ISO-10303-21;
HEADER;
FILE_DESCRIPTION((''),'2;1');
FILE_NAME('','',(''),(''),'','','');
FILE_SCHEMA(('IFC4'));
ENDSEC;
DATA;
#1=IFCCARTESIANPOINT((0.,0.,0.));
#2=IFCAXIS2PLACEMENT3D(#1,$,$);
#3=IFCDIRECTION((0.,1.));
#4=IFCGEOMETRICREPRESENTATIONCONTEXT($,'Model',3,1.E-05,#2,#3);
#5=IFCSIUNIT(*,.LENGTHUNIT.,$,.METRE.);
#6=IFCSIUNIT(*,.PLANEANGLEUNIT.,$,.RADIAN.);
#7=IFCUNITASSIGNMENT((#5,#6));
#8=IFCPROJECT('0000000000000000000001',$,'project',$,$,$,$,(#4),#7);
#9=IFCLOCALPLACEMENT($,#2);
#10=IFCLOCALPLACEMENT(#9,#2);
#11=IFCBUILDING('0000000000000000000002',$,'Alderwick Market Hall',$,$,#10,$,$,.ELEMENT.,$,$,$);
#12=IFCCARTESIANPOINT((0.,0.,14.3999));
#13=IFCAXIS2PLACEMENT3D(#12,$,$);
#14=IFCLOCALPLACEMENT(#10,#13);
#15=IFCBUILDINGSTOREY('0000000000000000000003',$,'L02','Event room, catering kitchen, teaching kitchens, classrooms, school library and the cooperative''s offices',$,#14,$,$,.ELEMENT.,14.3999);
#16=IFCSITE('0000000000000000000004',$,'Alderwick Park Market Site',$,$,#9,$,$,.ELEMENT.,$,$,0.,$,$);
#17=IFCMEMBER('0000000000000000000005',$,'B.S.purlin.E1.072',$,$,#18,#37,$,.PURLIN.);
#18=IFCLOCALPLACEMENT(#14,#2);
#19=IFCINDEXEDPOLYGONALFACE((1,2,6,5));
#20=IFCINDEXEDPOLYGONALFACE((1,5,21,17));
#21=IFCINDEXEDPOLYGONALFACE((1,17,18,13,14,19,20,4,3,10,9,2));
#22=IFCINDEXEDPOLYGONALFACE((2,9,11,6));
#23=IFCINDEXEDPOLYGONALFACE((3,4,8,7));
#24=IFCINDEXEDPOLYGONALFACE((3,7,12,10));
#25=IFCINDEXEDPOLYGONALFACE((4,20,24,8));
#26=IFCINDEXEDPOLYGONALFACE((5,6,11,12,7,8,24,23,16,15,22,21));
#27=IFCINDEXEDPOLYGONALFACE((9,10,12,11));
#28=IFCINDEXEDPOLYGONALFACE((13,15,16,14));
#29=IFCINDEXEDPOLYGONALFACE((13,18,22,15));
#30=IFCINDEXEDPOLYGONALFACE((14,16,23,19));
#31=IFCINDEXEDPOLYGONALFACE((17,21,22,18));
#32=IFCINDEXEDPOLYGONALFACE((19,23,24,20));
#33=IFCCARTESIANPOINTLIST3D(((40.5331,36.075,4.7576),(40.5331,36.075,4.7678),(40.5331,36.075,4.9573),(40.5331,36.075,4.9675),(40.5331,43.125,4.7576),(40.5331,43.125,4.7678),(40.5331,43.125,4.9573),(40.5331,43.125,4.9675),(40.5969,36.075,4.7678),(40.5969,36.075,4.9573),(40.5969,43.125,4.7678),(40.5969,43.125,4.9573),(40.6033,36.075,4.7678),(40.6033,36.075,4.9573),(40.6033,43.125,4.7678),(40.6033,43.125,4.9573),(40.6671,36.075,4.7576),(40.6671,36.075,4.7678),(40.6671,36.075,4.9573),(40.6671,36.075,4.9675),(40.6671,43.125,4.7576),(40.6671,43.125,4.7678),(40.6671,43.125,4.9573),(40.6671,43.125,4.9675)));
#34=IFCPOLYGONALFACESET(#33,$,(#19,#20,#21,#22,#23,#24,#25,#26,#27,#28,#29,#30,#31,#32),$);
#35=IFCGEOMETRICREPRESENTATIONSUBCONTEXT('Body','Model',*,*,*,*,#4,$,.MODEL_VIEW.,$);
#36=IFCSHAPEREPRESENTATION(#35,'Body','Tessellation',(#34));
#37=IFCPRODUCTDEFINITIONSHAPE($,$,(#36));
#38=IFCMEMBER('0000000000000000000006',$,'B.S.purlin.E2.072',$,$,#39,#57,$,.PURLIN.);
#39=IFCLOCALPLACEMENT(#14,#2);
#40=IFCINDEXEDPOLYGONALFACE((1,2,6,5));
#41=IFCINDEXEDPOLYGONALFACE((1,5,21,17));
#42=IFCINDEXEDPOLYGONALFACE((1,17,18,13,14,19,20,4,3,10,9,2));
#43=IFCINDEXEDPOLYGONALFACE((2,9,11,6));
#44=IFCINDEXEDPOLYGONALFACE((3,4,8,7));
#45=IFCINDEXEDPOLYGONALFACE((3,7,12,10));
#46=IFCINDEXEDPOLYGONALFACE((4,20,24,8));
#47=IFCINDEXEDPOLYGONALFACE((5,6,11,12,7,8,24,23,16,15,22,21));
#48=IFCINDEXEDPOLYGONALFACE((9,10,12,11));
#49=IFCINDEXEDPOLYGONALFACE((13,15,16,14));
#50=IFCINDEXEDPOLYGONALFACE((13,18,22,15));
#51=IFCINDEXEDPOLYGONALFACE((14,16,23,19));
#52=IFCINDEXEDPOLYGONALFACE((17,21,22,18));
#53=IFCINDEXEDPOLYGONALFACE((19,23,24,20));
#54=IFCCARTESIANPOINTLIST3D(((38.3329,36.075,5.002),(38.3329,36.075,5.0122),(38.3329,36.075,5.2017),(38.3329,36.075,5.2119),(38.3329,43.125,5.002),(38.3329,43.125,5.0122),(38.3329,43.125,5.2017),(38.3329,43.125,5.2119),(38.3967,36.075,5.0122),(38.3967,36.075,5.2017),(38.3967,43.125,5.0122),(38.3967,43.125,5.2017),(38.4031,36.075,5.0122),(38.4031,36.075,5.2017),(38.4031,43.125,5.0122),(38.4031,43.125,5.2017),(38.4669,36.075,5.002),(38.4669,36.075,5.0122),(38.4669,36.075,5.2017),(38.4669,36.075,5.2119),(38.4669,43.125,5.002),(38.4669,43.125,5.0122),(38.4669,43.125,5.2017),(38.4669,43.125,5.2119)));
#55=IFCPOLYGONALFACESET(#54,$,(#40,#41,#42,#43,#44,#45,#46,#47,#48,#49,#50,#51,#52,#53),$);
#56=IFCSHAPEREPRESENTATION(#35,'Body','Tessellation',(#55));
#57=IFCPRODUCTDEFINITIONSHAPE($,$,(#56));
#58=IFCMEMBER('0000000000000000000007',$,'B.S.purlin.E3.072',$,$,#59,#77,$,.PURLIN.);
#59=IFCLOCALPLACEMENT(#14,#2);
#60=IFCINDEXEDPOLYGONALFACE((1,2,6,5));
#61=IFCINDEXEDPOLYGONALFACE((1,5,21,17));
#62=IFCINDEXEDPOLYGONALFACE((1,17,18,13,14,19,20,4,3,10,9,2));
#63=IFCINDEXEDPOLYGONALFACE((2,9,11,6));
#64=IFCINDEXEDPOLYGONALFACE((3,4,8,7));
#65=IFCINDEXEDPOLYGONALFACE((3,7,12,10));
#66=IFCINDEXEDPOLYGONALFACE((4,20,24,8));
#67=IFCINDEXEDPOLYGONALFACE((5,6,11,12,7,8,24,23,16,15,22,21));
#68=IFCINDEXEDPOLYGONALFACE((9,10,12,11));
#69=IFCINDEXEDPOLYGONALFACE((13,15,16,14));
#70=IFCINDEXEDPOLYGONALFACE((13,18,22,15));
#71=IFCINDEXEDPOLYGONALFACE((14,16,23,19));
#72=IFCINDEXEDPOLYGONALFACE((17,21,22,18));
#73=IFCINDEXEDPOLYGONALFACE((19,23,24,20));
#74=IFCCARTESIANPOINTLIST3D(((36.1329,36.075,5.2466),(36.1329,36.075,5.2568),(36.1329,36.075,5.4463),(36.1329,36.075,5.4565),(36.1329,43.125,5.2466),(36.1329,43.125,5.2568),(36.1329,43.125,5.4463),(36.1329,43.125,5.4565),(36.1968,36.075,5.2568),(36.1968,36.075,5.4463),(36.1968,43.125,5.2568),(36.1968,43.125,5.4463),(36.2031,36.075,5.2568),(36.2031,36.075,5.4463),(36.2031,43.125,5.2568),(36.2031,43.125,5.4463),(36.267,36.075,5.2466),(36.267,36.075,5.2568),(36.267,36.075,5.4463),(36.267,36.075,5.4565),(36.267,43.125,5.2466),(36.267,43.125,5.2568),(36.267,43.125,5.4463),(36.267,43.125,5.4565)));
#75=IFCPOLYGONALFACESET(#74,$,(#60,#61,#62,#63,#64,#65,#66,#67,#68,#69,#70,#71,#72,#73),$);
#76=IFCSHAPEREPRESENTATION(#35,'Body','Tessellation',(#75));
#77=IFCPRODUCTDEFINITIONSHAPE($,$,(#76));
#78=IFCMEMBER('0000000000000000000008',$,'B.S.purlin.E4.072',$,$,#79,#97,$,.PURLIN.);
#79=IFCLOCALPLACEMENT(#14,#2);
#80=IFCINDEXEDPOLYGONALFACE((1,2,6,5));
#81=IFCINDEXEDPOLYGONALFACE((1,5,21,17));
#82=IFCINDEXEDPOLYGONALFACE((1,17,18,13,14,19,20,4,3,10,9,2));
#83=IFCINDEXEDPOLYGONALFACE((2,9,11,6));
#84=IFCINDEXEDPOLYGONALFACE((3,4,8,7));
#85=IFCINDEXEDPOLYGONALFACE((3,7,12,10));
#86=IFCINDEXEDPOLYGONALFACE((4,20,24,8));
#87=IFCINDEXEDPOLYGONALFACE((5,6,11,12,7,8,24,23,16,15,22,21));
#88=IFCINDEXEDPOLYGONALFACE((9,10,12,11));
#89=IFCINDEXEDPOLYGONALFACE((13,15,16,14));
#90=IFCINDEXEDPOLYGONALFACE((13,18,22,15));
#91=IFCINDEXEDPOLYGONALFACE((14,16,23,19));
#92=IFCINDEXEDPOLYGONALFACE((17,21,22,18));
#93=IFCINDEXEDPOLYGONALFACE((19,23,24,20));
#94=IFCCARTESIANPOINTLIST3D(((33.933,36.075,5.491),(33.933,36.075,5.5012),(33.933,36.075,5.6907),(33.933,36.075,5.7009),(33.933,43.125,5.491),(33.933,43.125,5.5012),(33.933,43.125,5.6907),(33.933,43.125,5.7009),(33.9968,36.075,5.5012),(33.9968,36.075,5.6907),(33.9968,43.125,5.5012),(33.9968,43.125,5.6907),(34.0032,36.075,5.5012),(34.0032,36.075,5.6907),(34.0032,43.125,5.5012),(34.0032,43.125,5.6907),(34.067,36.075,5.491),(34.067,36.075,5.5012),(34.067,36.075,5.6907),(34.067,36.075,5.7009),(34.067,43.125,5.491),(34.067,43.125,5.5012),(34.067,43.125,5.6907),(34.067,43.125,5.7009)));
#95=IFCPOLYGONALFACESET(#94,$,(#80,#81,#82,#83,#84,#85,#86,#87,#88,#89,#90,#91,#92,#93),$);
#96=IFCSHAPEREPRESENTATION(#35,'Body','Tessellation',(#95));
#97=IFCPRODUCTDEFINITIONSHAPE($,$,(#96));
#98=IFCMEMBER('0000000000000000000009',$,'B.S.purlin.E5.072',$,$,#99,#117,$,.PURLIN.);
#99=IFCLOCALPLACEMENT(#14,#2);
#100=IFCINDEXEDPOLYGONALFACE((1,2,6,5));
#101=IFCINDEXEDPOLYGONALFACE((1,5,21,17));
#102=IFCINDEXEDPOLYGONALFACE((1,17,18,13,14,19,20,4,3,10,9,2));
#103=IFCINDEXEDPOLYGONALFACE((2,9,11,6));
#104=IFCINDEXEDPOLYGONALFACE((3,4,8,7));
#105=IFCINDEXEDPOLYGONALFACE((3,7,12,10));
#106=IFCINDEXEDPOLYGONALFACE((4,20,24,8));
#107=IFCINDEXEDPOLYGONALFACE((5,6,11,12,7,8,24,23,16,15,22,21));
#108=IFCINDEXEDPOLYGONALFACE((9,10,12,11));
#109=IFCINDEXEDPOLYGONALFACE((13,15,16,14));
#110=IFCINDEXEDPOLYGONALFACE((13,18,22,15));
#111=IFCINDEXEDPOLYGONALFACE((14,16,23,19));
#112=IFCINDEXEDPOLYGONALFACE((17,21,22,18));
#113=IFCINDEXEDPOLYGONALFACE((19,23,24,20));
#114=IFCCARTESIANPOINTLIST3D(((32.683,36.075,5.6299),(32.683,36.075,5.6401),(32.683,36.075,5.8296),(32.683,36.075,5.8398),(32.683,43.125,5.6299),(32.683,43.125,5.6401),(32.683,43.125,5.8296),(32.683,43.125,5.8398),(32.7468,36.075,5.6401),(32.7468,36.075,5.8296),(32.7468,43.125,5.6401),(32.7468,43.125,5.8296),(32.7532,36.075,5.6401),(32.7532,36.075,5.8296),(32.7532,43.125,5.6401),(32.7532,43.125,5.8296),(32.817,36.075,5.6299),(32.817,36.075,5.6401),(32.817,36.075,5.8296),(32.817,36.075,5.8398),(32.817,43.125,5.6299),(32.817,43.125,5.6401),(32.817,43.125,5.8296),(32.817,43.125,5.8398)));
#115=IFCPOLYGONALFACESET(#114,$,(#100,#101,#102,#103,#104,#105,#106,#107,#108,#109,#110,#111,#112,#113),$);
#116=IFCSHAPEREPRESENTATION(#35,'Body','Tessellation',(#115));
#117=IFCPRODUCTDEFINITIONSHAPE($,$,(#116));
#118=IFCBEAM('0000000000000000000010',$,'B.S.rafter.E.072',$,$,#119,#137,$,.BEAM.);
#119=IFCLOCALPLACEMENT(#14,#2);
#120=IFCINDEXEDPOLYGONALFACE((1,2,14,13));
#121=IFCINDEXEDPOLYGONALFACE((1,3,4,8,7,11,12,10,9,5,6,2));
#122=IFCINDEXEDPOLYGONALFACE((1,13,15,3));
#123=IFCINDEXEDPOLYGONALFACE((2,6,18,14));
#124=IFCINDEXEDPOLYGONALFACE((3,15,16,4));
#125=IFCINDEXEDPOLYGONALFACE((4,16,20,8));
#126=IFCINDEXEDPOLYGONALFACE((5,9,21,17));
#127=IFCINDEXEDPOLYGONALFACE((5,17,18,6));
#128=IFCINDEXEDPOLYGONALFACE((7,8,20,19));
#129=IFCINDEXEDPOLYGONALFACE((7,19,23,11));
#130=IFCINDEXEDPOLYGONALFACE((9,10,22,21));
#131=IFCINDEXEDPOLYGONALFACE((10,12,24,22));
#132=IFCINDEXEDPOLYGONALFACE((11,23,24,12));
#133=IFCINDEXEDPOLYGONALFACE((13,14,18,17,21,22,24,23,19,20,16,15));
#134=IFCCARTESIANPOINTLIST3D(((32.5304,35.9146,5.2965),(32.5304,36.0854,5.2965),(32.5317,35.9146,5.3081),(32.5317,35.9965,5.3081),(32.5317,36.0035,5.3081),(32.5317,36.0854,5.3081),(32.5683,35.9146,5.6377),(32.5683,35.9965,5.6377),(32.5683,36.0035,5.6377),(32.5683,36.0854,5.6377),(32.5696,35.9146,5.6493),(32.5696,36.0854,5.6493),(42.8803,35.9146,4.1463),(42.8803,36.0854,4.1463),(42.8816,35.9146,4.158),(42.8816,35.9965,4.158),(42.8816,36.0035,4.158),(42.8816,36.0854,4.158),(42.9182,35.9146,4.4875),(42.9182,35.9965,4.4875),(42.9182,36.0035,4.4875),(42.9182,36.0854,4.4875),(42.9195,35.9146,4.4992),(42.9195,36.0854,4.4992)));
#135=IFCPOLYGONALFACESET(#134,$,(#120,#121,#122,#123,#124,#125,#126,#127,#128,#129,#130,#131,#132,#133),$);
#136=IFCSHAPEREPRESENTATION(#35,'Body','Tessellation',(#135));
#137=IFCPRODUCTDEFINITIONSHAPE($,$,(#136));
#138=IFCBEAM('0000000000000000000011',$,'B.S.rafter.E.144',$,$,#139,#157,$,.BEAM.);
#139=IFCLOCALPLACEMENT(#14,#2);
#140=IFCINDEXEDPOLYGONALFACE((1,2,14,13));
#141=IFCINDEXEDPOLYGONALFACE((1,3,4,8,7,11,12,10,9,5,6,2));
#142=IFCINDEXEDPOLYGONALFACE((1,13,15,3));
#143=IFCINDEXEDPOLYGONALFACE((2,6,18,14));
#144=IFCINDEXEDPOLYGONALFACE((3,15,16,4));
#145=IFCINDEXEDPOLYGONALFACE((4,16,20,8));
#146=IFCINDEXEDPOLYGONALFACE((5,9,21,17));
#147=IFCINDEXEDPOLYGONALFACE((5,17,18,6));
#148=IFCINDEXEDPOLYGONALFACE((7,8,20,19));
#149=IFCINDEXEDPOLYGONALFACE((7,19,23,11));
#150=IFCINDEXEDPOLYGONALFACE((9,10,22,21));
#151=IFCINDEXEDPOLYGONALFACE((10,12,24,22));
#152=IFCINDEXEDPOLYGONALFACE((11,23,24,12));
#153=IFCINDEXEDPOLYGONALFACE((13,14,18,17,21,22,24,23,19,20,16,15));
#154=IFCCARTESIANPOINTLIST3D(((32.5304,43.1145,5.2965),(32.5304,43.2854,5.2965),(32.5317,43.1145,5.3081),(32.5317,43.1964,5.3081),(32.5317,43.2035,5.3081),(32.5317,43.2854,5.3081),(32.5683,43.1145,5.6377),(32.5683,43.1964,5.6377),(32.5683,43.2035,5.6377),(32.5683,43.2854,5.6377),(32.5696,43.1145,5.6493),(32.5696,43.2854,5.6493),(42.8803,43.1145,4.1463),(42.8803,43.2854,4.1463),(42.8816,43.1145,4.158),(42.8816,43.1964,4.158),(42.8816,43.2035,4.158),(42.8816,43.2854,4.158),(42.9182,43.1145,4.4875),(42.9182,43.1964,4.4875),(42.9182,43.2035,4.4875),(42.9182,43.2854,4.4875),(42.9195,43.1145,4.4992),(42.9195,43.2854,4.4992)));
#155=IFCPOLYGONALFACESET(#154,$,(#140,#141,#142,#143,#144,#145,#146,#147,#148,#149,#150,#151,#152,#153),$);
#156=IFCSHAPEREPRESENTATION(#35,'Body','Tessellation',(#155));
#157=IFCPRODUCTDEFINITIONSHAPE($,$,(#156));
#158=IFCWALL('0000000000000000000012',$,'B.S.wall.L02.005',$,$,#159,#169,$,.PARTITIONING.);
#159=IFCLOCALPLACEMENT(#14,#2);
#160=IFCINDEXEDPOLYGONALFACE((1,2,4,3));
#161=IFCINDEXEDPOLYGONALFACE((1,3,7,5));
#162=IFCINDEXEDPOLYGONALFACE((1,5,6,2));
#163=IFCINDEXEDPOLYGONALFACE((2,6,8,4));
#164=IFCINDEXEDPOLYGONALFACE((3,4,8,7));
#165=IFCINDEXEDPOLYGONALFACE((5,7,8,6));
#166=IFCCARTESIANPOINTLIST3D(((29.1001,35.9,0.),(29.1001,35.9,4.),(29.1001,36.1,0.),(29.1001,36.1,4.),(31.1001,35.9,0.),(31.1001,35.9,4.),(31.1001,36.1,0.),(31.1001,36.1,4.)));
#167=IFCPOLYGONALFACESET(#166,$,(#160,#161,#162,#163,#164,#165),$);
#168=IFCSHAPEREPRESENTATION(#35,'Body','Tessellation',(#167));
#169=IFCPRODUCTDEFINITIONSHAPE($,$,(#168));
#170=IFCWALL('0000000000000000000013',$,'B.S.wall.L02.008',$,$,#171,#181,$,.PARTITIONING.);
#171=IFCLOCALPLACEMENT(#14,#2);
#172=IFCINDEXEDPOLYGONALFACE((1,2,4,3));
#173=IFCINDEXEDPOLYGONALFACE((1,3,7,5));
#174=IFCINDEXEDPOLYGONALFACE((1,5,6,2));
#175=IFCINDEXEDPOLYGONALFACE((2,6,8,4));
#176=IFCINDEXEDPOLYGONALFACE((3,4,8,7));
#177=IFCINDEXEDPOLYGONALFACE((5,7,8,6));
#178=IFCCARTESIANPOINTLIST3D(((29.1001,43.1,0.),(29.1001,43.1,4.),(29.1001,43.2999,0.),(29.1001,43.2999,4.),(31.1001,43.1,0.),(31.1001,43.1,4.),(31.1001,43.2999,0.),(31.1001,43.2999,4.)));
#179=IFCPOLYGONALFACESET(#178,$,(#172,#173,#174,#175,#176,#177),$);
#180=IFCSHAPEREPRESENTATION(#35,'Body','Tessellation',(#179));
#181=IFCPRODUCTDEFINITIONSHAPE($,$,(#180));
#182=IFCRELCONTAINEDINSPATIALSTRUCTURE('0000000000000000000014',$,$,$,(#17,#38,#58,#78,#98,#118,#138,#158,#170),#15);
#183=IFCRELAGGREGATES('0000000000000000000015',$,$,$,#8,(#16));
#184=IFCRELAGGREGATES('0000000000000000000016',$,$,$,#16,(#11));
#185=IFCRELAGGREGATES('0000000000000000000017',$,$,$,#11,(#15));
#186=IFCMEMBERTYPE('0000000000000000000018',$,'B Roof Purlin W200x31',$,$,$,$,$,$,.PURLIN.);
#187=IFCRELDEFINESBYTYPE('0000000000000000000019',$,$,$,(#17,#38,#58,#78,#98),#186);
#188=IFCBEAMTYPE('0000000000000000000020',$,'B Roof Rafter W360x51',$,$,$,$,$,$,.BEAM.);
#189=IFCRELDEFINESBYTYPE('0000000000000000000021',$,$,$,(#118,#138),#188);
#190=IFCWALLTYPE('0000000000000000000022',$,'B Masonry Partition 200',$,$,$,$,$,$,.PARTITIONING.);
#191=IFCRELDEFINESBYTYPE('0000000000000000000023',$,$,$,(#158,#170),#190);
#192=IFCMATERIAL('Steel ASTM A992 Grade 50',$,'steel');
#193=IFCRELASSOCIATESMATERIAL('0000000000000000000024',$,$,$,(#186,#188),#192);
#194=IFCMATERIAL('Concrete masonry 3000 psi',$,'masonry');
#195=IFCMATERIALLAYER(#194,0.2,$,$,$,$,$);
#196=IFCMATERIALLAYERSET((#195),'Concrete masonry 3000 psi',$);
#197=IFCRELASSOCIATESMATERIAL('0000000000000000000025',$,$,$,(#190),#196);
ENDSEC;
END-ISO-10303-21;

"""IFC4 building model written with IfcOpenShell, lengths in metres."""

from ifc_helpers import new_model, si_unit, direction, frame, frame_2d, origin, origin_2d, place, context, subcontext, project, spatial, rectangle, i_section, extrude, material, layer, layer_set, material_profile, profile_set, type_object, element, save


model = new_model("IFC4")

# Units and contexts
model_context = context("Model", 3, precision=1e-05, world=origin(), true_north=direction((0.0, 1.0)))
body_context = subcontext(model_context, "Body", "Model", "MODEL_VIEW")
ifc_project = project(units=[si_unit("LENGTHUNIT", "METRE"), si_unit("PLANEANGLEUNIT", "RADIAN")], contexts=[model_context])

# Site, building, storey
site_placement = place(None, origin())
site = spatial("IfcSite", under=ifc_project, at=site_placement, Name="Alderwick Park Market Site", CompositionType="ELEMENT", RefElevation=0.0)
building_placement = place(site_placement, origin())
building = spatial("IfcBuilding", under=site, at=building_placement, Name="Alderwick Market Hall", CompositionType="ELEMENT")
storey_placement = place(building_placement, frame((0.0, 0.0, 14.3999)))
storey = spatial("IfcBuildingStorey", under=building, at=storey_placement, Name="L02", Description="Event room, catering kitchen, teaching kitchens, classrooms, school library and the cooperative's offices", CompositionType="ELEMENT", Elevation=14.3999)

# Members
ifc_material_1 = material(Name="Steel ASTM A992 Grade 50", Category="steel")
ifc_material_profile_1 = material_profile(ifc_material_1, i_section(OverallWidth=0.134, OverallDepth=0.21, WebThickness=0.0063, FlangeThickness=0.0103, at=origin_2d()), Name="W200x31")
ifc_profile_set_1 = profile_set([ifc_material_profile_1], Name="Steel ASTM A992 Grade 50")
member_type = type_object("IfcMemberType", Name="B Roof Purlin W200x31", PredefinedType="PURLIN", material=ifc_profile_set_1)
for number, where, z_axis, x_axis, name in (
    (1, (40.6001, 36.075, 4.8625), (0.0, 1.0, 0.0), (-1.0, 0.0, 0.0), "B.S.purlin.E1.072"),
    (2, (38.3999, 36.075, 5.1069), (0.0, 1.0, 0.0), (-1.0, 0.0, 0.0), "B.S.purlin.E2.072"),
    (3, (36.2, 36.075, 5.3516), (0.0, 1.0, 0.0), (-1.0, 0.0, 0.0), "B.S.purlin.E3.072"),
    (4, (34.0, 36.075, 5.5959), (0.0, 1.0, 0.0), (-1.0, 0.0, 0.0), "B.S.purlin.E4.072"),
    (5, (32.75, 36.075, 5.7349), (0.0, 1.0, 0.0), (-1.0, 0.0, 0.0), "B.S.purlin.E5.072"),
):
    element("IfcMember", number, at=place(storey_placement, frame(where, z_axis=z_axis, x_axis=x_axis)), inside=storey, type_object=member_type, Name=name, PredefinedType="PURLIN", context=body_context, shape_type="SweptSolid", body=[
        extrude(i_section(OverallWidth=0.134, OverallDepth=0.21, WebThickness=0.0063, FlangeThickness=0.0103, at=origin_2d()), origin(), (0.0, 0.0, 1.0), 7.05),
    ])

# Beams
ifc_material_profile_2 = material_profile(ifc_material_1, i_section(OverallWidth=0.1709, OverallDepth=0.355, WebThickness=0.0071, FlangeThickness=0.0117, at=origin_2d()), Name="W360x51")
ifc_profile_set_2 = profile_set([ifc_material_profile_2], Name="Steel ASTM A992 Grade 50")
beam_type_1 = type_object("IfcBeamType", Name="B Roof Rafter W360x51", PredefinedType="BEAM", material=ifc_profile_set_2)
for number, where, z_axis, x_axis, name in (
    (6, (42.8999, 36.0, 4.3228), (-0.993882, 0.0, 0.110447), (0.0, -1.0, 0.0), "B.S.rafter.E.072"),
    (7, (42.8999, 43.2, 4.3228), (-0.993882, 0.0, 0.110447), (0.0, -1.0, 0.0), "B.S.rafter.E.144"),
):
    element("IfcBeam", number, at=place(storey_placement, frame(where, z_axis=z_axis, x_axis=x_axis)), inside=storey, type_object=beam_type_1, Name=name, PredefinedType="BEAM", context=body_context, shape_type="SweptSolid", body=[
        extrude(i_section(OverallWidth=0.1709, OverallDepth=0.355, WebThickness=0.0071, FlangeThickness=0.0117, at=origin_2d()), origin(), (0.0, 0.0, 1.0), 10.4136),
    ])

# Walls
ifc_material_2 = material(Name="Concrete masonry 3000 psi", Category="masonry")
ifc_layer_1 = layer(ifc_material_2, 0.2)
ifc_layer_set_1 = layer_set([ifc_layer_1], Name="Concrete masonry 3000 psi")
wall_type_1 = type_object("IfcWallType", Name="B Masonry Partition 200", PredefinedType="PARTITIONING", material=ifc_layer_set_1)
for number, where, z_axis, x_axis, name in (
    (8, (29.1001, 36.0, 0.0), (0.0, 0.0, 1.0), (1.0, 0.0, 0.0), "B.S.wall.L02.005"),
    (9, (29.1001, 43.2, 0.0), (0.0, 0.0, 1.0), (1.0, 0.0, 0.0), "B.S.wall.L02.008"),
):
    element("IfcWall", number, at=place(storey_placement, frame(where, z_axis=z_axis, x_axis=x_axis)), inside=storey, type_object=wall_type_1, Name=name, PredefinedType="PARTITIONING", context=body_context, shape_type="SweptSolid", body=[
        extrude(rectangle(XDim=2.0, YDim=0.2, at=frame_2d((1.0, 0.0))), origin(), (0.0, 0.0, 1.0), 4.0),
    ])

save(model, "model.ifc")
